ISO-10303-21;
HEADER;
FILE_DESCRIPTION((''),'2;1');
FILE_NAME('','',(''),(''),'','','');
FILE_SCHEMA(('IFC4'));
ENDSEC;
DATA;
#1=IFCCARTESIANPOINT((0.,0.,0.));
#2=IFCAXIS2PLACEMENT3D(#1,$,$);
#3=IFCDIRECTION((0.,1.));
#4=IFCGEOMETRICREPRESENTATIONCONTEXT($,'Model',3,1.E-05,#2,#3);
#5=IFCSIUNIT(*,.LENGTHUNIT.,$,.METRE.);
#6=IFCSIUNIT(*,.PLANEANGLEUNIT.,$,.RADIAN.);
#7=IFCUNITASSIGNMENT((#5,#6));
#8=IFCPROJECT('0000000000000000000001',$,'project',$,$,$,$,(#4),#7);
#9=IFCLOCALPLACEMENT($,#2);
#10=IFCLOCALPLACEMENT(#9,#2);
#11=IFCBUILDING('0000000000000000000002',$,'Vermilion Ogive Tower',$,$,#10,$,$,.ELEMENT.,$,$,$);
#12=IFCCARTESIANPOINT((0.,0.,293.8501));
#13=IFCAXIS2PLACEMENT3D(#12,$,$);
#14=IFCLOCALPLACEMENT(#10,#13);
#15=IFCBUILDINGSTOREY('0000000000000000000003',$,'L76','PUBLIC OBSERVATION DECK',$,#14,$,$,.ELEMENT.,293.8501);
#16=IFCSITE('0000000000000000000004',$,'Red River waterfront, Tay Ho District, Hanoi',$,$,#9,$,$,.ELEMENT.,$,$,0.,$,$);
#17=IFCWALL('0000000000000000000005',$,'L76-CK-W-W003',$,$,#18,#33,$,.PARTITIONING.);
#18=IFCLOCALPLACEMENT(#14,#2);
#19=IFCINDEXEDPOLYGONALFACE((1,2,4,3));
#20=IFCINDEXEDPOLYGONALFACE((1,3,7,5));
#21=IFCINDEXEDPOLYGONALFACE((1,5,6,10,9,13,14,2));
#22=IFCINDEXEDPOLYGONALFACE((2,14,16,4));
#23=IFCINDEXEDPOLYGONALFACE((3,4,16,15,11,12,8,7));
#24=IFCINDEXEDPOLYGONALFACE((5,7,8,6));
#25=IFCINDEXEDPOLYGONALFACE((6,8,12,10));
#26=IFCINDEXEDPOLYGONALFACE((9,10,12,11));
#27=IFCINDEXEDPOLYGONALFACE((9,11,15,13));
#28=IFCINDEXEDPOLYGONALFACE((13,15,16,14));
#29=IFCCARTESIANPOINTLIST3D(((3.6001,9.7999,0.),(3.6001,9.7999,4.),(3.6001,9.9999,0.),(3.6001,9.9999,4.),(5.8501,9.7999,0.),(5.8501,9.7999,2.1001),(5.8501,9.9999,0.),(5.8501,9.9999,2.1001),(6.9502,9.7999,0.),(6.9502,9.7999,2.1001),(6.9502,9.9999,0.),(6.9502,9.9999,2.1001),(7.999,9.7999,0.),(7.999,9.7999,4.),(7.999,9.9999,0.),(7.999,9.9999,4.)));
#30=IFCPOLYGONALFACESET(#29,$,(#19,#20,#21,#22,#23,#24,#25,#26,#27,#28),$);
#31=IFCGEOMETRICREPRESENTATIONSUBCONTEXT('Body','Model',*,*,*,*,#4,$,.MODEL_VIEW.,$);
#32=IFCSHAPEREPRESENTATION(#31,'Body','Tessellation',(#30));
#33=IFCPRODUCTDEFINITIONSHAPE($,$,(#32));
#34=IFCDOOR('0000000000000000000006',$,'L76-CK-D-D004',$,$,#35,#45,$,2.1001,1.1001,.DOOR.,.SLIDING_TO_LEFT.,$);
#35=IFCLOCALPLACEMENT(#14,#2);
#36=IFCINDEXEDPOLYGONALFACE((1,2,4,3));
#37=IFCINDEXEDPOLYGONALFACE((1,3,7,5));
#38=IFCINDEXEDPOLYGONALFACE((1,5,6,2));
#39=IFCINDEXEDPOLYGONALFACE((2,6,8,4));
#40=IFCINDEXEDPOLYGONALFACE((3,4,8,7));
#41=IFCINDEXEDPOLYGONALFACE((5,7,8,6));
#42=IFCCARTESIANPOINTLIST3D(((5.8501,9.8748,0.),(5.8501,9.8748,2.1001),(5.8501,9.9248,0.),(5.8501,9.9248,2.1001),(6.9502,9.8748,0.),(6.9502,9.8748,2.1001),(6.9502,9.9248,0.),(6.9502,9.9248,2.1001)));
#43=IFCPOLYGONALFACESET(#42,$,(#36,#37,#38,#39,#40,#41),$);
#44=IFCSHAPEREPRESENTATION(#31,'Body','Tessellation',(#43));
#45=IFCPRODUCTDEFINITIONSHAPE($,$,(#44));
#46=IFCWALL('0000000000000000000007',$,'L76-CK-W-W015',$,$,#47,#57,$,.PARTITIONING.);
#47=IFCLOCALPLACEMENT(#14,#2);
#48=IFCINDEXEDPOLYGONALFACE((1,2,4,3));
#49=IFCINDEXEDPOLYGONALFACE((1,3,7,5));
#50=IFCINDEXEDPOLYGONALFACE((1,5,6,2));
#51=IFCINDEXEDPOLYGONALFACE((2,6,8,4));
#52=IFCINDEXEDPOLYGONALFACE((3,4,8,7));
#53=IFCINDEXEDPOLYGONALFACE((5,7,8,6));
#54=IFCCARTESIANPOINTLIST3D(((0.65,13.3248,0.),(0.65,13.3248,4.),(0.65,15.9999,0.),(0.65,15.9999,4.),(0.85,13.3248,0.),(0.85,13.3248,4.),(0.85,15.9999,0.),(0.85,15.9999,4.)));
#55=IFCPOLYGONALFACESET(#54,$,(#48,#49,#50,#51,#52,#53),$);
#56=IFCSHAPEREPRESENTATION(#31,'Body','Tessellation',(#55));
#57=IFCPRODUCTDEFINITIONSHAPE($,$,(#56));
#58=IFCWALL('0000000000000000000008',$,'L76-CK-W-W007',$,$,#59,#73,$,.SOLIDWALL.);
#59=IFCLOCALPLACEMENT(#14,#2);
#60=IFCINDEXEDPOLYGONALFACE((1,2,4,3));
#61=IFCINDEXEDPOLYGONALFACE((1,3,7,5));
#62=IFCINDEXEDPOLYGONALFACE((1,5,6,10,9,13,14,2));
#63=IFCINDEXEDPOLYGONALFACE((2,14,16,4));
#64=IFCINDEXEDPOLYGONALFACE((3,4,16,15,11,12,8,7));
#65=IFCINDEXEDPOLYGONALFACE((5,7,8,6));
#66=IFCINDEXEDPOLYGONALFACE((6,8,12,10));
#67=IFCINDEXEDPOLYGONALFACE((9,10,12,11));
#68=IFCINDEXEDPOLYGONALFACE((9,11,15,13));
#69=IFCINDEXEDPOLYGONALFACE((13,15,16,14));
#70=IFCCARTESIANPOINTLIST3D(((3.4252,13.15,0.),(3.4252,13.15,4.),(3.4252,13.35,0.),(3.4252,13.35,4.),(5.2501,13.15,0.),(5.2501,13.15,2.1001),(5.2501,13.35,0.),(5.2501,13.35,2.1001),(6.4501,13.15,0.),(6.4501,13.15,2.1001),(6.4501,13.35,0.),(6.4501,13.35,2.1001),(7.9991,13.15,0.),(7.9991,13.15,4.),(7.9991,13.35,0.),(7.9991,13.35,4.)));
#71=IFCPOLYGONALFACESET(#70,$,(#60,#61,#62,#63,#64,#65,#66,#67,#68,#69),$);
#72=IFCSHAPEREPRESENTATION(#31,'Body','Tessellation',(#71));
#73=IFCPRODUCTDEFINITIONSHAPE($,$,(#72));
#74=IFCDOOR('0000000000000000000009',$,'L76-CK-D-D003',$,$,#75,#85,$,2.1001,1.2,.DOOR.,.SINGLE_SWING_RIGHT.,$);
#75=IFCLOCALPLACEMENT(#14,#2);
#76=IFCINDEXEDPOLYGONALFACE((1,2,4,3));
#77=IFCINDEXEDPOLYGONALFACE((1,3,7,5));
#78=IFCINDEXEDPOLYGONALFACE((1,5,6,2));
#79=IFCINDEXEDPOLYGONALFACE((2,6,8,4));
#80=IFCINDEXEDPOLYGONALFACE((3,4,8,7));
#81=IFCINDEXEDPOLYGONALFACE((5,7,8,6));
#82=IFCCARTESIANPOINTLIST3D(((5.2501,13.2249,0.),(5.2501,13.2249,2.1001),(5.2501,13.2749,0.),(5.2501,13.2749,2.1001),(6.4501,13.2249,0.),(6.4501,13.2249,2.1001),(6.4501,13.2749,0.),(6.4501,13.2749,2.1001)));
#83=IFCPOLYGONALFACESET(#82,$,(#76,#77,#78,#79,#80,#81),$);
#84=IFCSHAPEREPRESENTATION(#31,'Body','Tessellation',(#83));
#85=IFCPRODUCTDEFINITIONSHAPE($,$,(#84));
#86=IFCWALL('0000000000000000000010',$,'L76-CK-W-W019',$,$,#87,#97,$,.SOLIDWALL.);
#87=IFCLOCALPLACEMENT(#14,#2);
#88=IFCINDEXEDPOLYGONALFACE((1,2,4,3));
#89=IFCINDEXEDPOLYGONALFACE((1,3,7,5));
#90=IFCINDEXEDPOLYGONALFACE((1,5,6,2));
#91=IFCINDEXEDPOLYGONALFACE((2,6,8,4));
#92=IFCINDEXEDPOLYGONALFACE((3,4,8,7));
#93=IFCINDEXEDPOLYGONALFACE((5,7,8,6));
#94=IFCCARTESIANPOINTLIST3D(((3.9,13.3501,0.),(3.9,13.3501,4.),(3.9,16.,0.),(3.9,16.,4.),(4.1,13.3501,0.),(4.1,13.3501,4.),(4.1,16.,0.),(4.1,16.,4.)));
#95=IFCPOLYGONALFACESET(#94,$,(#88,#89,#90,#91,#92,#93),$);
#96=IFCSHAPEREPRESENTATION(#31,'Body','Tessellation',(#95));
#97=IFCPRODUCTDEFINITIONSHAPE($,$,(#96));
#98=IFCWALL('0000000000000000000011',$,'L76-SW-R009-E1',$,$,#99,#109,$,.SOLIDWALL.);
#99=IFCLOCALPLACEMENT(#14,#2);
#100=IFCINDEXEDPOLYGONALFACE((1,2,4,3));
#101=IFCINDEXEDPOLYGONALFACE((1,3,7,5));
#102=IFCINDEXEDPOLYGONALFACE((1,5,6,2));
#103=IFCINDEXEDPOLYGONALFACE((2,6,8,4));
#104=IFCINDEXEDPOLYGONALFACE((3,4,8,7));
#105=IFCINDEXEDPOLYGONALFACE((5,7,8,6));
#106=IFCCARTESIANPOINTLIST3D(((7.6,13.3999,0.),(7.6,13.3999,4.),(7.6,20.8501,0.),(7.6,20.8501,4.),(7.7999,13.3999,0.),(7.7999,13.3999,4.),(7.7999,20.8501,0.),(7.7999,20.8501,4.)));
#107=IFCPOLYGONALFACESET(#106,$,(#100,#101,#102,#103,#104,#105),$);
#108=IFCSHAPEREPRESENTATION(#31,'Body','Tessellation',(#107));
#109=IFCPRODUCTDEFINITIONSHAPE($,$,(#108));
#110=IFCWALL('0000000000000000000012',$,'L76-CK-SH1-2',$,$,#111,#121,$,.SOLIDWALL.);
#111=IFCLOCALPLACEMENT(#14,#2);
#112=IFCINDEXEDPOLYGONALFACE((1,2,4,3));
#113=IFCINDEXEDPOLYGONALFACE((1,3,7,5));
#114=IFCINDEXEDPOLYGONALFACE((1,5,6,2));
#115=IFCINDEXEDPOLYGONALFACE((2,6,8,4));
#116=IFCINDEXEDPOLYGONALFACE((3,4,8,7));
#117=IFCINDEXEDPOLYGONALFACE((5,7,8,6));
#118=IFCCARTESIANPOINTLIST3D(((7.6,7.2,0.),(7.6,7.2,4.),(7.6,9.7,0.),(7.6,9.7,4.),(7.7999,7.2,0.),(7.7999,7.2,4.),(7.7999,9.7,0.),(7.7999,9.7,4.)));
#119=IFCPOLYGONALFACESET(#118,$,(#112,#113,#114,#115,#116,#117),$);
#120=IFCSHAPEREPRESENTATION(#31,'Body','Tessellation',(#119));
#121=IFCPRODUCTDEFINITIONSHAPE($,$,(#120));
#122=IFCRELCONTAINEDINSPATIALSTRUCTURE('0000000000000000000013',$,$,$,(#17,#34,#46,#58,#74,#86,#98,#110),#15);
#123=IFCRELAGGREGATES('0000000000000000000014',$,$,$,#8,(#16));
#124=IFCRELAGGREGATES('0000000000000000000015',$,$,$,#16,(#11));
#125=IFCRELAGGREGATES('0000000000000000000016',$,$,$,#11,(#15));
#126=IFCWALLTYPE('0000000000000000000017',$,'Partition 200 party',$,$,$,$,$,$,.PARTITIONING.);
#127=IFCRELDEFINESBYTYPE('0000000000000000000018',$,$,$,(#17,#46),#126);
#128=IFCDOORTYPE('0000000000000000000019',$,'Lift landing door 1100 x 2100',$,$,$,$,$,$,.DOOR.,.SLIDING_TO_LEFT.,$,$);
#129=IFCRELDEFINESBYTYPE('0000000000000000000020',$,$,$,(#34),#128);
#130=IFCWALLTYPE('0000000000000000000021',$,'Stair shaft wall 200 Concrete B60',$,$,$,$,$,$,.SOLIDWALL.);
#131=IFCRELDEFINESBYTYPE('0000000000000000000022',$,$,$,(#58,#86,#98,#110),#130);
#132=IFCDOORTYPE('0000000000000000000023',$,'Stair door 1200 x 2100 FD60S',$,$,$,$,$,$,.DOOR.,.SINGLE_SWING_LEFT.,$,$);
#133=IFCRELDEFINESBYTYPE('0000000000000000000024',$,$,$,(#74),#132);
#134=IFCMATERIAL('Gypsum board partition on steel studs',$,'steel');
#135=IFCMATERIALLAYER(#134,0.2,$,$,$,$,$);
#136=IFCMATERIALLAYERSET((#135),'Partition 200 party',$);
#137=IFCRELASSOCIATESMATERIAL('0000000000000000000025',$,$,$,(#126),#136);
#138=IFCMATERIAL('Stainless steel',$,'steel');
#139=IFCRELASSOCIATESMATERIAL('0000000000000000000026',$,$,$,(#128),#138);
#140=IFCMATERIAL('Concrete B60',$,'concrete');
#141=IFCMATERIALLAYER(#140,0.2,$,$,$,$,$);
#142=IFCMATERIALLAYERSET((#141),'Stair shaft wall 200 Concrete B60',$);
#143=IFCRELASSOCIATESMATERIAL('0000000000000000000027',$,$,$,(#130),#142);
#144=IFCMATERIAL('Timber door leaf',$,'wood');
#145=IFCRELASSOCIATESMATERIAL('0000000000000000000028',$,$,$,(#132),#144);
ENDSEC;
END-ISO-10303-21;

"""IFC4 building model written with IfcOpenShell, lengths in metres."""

from ifc_helpers import new_model, si_unit, direction, frame, frame_2d, origin, place, context, subcontext, project, spatial, rectangle, extrude, material, layer, layer_set, type_object, element, fill, save


model = new_model("IFC4")

# Units and contexts
model_context = context("Model", 3, precision=1e-05, world=origin(), true_north=direction((0.0, 1.0)))
body_context = subcontext(model_context, "Body", "Model", "MODEL_VIEW")
ifc_project = project(units=[si_unit("LENGTHUNIT", "METRE"), si_unit("PLANEANGLEUNIT", "RADIAN")], contexts=[model_context])

# Site, building, storey
site_placement = place(None, origin())
site = spatial("IfcSite", under=ifc_project, at=site_placement, Name="Red River waterfront, Tay Ho District, Hanoi", CompositionType="ELEMENT", RefElevation=0.0)
building_placement = place(site_placement, origin())
building = spatial("IfcBuilding", under=site, at=building_placement, Name="Vermilion Ogive Tower", CompositionType="ELEMENT")
storey_placement = place(building_placement, frame((0.0, 0.0, 293.8501)))
storey = spatial("IfcBuildingStorey", under=building, at=storey_placement, Name="L76", Description="PUBLIC OBSERVATION DECK", CompositionType="ELEMENT", Elevation=293.8501)

# Wall, opening, door
ifc_material_1 = material(Name="Gypsum board partition on steel studs", Category="steel")
ifc_layer_1 = layer(ifc_material_1, 0.2)
ifc_layer_set_1 = layer_set([ifc_layer_1], Name="Partition 200 party")
wall_type_1 = type_object("IfcWallType", Name="Partition 200 party", PredefinedType="PARTITIONING", material=ifc_layer_set_1)
wall_1_placement = place(storey_placement, frame((3.6001, 9.8999, 0.0), z_axis=(0.0, 0.0, 1.0), x_axis=(1.0, 0.0, 0.0)))
wall_1 = element("IfcWall", 1, at=wall_1_placement, inside=storey, type_object=wall_type_1, Name="L76-CK-W-W003", PredefinedType="PARTITIONING", context=body_context, shape_type="SweptSolid", body=[
    extrude(rectangle(XDim=4.3989, YDim=0.2, at=frame_2d((2.1995, 0.0))), origin(), (0.0, 0.0, 1.0), 4.0),
])
opening_1_placement = place(wall_1_placement, frame((2.25, 0.0, 0.0)))
opening_1 = element("IfcOpeningElement", 2, at=opening_1_placement, cuts=wall_1, PredefinedType="OPENING", context=body_context, shape_type="SweptSolid", body=[
    extrude(rectangle(XDim=1.1001, YDim=2.1001, at=frame_2d((0.55, 1.05))), frame((0.0, 0.1099, 0.0), z_axis=(0.0, -1.0, 0.0), x_axis=(1.0, 0.0, 0.0)), (0.0, 0.0, 1.0), 0.22),
])
ifc_material_2 = material(Name="Stainless steel", Category="steel")
door_type_1 = type_object("IfcDoorType", Name="Lift landing door 1100 x 2100", OperationType="SLIDING_TO_LEFT", PredefinedType="DOOR", material=ifc_material_2)
door_1_placement = place(opening_1_placement, origin())
door_1 = element("IfcDoor", 3, at=door_1_placement, inside=storey, type_object=door_type_1, Name="L76-CK-D-D004", OperationType="SLIDING_TO_LEFT", OverallHeight=2.1001, OverallWidth=1.1001, PredefinedType="DOOR", context=body_context, shape_type="SweptSolid", body=[
    extrude(rectangle(XDim=1.1001, YDim=2.1001, at=frame_2d((0.55, 1.05))), frame((0.0, 0.0249, 0.0), z_axis=(0.0, -1.0, 0.0), x_axis=(1.0, 0.0, 0.0)), (0.0, 0.0, 1.0), 0.05),
])
fill(opening_1, door_1)

# Wall
wall_2_placement = place(storey_placement, frame((0.75, 13.325, 0.0), z_axis=(0.0, 0.0, 1.0), x_axis=(0.0, 1.0, 0.0)))
element("IfcWall", 4, at=wall_2_placement, inside=storey, type_object=wall_type_1, Name="L76-CK-W-W015", PredefinedType="PARTITIONING", context=body_context, shape_type="SweptSolid", body=[
    extrude(rectangle(XDim=2.675, YDim=0.2, at=frame_2d((1.3374, 0.0))), origin(), (0.0, 0.0, 1.0), 4.0),
])

# Wall, opening, door
ifc_material_3 = material(Name="Concrete B60", Category="concrete")
ifc_layer_2 = layer(ifc_material_3, 0.2)
ifc_layer_set_2 = layer_set([ifc_layer_2], Name="Stair shaft wall 200 Concrete B60")
wall_type_2 = type_object("IfcWallType", Name="Stair shaft wall 200 Concrete B60", PredefinedType="SOLIDWALL", material=ifc_layer_set_2)
wall_3_placement = place(storey_placement, frame((3.425, 13.25, 0.0), z_axis=(0.0, 0.0, 1.0), x_axis=(1.0, 0.0, 0.0)))
wall_3 = element("IfcWall", 5, at=wall_3_placement, inside=storey, type_object=wall_type_2, Name="L76-CK-W-W007", PredefinedType="SOLIDWALL", context=body_context, shape_type="SweptSolid", body=[
    extrude(rectangle(XDim=4.574, YDim=0.2, at=frame_2d((2.2871, 0.0))), origin(), (0.0, 0.0, 1.0), 4.0),
])
opening_2_placement = place(wall_3_placement, frame((1.825, 0.0, 0.0)))
opening_2 = element("IfcOpeningElement", 6, at=opening_2_placement, cuts=wall_3, PredefinedType="OPENING", context=body_context, shape_type="SweptSolid", body=[
    extrude(rectangle(XDim=1.2, YDim=2.1001, at=frame_2d((0.6001, 1.05))), frame((0.0, 0.1099, 0.0), z_axis=(0.0, -1.0, 0.0), x_axis=(1.0, 0.0, 0.0)), (0.0, 0.0, 1.0), 0.22),
])
ifc_material_4 = material(Name="Timber door leaf", Category="wood")
door_type_2 = type_object("IfcDoorType", Name="Stair door 1200 x 2100 FD60S", OperationType="SINGLE_SWING_LEFT", PredefinedType="DOOR", material=ifc_material_4)
door_2_placement = place(opening_2_placement, origin())
door_2 = element("IfcDoor", 7, at=door_2_placement, inside=storey, type_object=door_type_2, Name="L76-CK-D-D003", OperationType="SINGLE_SWING_RIGHT", OverallHeight=2.1001, OverallWidth=1.2, PredefinedType="DOOR", context=body_context, shape_type="SweptSolid", body=[
    extrude(rectangle(XDim=1.2, YDim=2.1001, at=frame_2d((0.6001, 1.05))), frame((0.0, 0.0249, 0.0), z_axis=(0.0, -1.0, 0.0), x_axis=(1.0, 0.0, 0.0)), (0.0, 0.0, 1.0), 0.05),
])
fill(opening_2, door_2)

# Walls
wall_4_placement = place(storey_placement, frame((4.0, 13.3501, 0.0), z_axis=(0.0, 0.0, 1.0), x_axis=(0.0, 1.0, 0.0)))
element("IfcWall", 8, at=wall_4_placement, inside=storey, type_object=wall_type_2, Name="L76-CK-W-W019", PredefinedType="SOLIDWALL", context=body_context, shape_type="SweptSolid", body=[
    extrude(rectangle(XDim=2.6499, YDim=0.2, at=frame_2d((1.325, 0.0))), origin(), (0.0, 0.0, 1.0), 4.0),
])
wall_5_placement = place(storey_placement, frame((7.7, 13.3999, 0.0), z_axis=(0.0, 0.0, 1.0), x_axis=(0.0, 1.0, 0.0)))
element("IfcWall", 9, at=wall_5_placement, inside=storey, type_object=wall_type_2, Name="L76-SW-R009-E1", PredefinedType="SOLIDWALL", context=body_context, shape_type="SweptSolid", body=[
    extrude(rectangle(XDim=7.4502, YDim=0.2, at=frame_2d((3.7251, 0.0))), origin(), (0.0, 0.0, 1.0), 4.0),
])
wall_6_placement = place(storey_placement, frame((7.7, 9.7, 0.0), z_axis=(0.0, 0.0, 1.0), x_axis=(0.0, -1.0, 0.0)))
element("IfcWall", 10, at=wall_6_placement, inside=storey, type_object=wall_type_2, Name="L76-CK-SH1-2", PredefinedType="SOLIDWALL", context=body_context, shape_type="SweptSolid", body=[
    extrude(rectangle(XDim=2.5, YDim=0.2, at=frame_2d((1.25, 0.0))), origin(), (0.0, 0.0, 1.0), 4.0),
])

save(model, "model.ifc")
